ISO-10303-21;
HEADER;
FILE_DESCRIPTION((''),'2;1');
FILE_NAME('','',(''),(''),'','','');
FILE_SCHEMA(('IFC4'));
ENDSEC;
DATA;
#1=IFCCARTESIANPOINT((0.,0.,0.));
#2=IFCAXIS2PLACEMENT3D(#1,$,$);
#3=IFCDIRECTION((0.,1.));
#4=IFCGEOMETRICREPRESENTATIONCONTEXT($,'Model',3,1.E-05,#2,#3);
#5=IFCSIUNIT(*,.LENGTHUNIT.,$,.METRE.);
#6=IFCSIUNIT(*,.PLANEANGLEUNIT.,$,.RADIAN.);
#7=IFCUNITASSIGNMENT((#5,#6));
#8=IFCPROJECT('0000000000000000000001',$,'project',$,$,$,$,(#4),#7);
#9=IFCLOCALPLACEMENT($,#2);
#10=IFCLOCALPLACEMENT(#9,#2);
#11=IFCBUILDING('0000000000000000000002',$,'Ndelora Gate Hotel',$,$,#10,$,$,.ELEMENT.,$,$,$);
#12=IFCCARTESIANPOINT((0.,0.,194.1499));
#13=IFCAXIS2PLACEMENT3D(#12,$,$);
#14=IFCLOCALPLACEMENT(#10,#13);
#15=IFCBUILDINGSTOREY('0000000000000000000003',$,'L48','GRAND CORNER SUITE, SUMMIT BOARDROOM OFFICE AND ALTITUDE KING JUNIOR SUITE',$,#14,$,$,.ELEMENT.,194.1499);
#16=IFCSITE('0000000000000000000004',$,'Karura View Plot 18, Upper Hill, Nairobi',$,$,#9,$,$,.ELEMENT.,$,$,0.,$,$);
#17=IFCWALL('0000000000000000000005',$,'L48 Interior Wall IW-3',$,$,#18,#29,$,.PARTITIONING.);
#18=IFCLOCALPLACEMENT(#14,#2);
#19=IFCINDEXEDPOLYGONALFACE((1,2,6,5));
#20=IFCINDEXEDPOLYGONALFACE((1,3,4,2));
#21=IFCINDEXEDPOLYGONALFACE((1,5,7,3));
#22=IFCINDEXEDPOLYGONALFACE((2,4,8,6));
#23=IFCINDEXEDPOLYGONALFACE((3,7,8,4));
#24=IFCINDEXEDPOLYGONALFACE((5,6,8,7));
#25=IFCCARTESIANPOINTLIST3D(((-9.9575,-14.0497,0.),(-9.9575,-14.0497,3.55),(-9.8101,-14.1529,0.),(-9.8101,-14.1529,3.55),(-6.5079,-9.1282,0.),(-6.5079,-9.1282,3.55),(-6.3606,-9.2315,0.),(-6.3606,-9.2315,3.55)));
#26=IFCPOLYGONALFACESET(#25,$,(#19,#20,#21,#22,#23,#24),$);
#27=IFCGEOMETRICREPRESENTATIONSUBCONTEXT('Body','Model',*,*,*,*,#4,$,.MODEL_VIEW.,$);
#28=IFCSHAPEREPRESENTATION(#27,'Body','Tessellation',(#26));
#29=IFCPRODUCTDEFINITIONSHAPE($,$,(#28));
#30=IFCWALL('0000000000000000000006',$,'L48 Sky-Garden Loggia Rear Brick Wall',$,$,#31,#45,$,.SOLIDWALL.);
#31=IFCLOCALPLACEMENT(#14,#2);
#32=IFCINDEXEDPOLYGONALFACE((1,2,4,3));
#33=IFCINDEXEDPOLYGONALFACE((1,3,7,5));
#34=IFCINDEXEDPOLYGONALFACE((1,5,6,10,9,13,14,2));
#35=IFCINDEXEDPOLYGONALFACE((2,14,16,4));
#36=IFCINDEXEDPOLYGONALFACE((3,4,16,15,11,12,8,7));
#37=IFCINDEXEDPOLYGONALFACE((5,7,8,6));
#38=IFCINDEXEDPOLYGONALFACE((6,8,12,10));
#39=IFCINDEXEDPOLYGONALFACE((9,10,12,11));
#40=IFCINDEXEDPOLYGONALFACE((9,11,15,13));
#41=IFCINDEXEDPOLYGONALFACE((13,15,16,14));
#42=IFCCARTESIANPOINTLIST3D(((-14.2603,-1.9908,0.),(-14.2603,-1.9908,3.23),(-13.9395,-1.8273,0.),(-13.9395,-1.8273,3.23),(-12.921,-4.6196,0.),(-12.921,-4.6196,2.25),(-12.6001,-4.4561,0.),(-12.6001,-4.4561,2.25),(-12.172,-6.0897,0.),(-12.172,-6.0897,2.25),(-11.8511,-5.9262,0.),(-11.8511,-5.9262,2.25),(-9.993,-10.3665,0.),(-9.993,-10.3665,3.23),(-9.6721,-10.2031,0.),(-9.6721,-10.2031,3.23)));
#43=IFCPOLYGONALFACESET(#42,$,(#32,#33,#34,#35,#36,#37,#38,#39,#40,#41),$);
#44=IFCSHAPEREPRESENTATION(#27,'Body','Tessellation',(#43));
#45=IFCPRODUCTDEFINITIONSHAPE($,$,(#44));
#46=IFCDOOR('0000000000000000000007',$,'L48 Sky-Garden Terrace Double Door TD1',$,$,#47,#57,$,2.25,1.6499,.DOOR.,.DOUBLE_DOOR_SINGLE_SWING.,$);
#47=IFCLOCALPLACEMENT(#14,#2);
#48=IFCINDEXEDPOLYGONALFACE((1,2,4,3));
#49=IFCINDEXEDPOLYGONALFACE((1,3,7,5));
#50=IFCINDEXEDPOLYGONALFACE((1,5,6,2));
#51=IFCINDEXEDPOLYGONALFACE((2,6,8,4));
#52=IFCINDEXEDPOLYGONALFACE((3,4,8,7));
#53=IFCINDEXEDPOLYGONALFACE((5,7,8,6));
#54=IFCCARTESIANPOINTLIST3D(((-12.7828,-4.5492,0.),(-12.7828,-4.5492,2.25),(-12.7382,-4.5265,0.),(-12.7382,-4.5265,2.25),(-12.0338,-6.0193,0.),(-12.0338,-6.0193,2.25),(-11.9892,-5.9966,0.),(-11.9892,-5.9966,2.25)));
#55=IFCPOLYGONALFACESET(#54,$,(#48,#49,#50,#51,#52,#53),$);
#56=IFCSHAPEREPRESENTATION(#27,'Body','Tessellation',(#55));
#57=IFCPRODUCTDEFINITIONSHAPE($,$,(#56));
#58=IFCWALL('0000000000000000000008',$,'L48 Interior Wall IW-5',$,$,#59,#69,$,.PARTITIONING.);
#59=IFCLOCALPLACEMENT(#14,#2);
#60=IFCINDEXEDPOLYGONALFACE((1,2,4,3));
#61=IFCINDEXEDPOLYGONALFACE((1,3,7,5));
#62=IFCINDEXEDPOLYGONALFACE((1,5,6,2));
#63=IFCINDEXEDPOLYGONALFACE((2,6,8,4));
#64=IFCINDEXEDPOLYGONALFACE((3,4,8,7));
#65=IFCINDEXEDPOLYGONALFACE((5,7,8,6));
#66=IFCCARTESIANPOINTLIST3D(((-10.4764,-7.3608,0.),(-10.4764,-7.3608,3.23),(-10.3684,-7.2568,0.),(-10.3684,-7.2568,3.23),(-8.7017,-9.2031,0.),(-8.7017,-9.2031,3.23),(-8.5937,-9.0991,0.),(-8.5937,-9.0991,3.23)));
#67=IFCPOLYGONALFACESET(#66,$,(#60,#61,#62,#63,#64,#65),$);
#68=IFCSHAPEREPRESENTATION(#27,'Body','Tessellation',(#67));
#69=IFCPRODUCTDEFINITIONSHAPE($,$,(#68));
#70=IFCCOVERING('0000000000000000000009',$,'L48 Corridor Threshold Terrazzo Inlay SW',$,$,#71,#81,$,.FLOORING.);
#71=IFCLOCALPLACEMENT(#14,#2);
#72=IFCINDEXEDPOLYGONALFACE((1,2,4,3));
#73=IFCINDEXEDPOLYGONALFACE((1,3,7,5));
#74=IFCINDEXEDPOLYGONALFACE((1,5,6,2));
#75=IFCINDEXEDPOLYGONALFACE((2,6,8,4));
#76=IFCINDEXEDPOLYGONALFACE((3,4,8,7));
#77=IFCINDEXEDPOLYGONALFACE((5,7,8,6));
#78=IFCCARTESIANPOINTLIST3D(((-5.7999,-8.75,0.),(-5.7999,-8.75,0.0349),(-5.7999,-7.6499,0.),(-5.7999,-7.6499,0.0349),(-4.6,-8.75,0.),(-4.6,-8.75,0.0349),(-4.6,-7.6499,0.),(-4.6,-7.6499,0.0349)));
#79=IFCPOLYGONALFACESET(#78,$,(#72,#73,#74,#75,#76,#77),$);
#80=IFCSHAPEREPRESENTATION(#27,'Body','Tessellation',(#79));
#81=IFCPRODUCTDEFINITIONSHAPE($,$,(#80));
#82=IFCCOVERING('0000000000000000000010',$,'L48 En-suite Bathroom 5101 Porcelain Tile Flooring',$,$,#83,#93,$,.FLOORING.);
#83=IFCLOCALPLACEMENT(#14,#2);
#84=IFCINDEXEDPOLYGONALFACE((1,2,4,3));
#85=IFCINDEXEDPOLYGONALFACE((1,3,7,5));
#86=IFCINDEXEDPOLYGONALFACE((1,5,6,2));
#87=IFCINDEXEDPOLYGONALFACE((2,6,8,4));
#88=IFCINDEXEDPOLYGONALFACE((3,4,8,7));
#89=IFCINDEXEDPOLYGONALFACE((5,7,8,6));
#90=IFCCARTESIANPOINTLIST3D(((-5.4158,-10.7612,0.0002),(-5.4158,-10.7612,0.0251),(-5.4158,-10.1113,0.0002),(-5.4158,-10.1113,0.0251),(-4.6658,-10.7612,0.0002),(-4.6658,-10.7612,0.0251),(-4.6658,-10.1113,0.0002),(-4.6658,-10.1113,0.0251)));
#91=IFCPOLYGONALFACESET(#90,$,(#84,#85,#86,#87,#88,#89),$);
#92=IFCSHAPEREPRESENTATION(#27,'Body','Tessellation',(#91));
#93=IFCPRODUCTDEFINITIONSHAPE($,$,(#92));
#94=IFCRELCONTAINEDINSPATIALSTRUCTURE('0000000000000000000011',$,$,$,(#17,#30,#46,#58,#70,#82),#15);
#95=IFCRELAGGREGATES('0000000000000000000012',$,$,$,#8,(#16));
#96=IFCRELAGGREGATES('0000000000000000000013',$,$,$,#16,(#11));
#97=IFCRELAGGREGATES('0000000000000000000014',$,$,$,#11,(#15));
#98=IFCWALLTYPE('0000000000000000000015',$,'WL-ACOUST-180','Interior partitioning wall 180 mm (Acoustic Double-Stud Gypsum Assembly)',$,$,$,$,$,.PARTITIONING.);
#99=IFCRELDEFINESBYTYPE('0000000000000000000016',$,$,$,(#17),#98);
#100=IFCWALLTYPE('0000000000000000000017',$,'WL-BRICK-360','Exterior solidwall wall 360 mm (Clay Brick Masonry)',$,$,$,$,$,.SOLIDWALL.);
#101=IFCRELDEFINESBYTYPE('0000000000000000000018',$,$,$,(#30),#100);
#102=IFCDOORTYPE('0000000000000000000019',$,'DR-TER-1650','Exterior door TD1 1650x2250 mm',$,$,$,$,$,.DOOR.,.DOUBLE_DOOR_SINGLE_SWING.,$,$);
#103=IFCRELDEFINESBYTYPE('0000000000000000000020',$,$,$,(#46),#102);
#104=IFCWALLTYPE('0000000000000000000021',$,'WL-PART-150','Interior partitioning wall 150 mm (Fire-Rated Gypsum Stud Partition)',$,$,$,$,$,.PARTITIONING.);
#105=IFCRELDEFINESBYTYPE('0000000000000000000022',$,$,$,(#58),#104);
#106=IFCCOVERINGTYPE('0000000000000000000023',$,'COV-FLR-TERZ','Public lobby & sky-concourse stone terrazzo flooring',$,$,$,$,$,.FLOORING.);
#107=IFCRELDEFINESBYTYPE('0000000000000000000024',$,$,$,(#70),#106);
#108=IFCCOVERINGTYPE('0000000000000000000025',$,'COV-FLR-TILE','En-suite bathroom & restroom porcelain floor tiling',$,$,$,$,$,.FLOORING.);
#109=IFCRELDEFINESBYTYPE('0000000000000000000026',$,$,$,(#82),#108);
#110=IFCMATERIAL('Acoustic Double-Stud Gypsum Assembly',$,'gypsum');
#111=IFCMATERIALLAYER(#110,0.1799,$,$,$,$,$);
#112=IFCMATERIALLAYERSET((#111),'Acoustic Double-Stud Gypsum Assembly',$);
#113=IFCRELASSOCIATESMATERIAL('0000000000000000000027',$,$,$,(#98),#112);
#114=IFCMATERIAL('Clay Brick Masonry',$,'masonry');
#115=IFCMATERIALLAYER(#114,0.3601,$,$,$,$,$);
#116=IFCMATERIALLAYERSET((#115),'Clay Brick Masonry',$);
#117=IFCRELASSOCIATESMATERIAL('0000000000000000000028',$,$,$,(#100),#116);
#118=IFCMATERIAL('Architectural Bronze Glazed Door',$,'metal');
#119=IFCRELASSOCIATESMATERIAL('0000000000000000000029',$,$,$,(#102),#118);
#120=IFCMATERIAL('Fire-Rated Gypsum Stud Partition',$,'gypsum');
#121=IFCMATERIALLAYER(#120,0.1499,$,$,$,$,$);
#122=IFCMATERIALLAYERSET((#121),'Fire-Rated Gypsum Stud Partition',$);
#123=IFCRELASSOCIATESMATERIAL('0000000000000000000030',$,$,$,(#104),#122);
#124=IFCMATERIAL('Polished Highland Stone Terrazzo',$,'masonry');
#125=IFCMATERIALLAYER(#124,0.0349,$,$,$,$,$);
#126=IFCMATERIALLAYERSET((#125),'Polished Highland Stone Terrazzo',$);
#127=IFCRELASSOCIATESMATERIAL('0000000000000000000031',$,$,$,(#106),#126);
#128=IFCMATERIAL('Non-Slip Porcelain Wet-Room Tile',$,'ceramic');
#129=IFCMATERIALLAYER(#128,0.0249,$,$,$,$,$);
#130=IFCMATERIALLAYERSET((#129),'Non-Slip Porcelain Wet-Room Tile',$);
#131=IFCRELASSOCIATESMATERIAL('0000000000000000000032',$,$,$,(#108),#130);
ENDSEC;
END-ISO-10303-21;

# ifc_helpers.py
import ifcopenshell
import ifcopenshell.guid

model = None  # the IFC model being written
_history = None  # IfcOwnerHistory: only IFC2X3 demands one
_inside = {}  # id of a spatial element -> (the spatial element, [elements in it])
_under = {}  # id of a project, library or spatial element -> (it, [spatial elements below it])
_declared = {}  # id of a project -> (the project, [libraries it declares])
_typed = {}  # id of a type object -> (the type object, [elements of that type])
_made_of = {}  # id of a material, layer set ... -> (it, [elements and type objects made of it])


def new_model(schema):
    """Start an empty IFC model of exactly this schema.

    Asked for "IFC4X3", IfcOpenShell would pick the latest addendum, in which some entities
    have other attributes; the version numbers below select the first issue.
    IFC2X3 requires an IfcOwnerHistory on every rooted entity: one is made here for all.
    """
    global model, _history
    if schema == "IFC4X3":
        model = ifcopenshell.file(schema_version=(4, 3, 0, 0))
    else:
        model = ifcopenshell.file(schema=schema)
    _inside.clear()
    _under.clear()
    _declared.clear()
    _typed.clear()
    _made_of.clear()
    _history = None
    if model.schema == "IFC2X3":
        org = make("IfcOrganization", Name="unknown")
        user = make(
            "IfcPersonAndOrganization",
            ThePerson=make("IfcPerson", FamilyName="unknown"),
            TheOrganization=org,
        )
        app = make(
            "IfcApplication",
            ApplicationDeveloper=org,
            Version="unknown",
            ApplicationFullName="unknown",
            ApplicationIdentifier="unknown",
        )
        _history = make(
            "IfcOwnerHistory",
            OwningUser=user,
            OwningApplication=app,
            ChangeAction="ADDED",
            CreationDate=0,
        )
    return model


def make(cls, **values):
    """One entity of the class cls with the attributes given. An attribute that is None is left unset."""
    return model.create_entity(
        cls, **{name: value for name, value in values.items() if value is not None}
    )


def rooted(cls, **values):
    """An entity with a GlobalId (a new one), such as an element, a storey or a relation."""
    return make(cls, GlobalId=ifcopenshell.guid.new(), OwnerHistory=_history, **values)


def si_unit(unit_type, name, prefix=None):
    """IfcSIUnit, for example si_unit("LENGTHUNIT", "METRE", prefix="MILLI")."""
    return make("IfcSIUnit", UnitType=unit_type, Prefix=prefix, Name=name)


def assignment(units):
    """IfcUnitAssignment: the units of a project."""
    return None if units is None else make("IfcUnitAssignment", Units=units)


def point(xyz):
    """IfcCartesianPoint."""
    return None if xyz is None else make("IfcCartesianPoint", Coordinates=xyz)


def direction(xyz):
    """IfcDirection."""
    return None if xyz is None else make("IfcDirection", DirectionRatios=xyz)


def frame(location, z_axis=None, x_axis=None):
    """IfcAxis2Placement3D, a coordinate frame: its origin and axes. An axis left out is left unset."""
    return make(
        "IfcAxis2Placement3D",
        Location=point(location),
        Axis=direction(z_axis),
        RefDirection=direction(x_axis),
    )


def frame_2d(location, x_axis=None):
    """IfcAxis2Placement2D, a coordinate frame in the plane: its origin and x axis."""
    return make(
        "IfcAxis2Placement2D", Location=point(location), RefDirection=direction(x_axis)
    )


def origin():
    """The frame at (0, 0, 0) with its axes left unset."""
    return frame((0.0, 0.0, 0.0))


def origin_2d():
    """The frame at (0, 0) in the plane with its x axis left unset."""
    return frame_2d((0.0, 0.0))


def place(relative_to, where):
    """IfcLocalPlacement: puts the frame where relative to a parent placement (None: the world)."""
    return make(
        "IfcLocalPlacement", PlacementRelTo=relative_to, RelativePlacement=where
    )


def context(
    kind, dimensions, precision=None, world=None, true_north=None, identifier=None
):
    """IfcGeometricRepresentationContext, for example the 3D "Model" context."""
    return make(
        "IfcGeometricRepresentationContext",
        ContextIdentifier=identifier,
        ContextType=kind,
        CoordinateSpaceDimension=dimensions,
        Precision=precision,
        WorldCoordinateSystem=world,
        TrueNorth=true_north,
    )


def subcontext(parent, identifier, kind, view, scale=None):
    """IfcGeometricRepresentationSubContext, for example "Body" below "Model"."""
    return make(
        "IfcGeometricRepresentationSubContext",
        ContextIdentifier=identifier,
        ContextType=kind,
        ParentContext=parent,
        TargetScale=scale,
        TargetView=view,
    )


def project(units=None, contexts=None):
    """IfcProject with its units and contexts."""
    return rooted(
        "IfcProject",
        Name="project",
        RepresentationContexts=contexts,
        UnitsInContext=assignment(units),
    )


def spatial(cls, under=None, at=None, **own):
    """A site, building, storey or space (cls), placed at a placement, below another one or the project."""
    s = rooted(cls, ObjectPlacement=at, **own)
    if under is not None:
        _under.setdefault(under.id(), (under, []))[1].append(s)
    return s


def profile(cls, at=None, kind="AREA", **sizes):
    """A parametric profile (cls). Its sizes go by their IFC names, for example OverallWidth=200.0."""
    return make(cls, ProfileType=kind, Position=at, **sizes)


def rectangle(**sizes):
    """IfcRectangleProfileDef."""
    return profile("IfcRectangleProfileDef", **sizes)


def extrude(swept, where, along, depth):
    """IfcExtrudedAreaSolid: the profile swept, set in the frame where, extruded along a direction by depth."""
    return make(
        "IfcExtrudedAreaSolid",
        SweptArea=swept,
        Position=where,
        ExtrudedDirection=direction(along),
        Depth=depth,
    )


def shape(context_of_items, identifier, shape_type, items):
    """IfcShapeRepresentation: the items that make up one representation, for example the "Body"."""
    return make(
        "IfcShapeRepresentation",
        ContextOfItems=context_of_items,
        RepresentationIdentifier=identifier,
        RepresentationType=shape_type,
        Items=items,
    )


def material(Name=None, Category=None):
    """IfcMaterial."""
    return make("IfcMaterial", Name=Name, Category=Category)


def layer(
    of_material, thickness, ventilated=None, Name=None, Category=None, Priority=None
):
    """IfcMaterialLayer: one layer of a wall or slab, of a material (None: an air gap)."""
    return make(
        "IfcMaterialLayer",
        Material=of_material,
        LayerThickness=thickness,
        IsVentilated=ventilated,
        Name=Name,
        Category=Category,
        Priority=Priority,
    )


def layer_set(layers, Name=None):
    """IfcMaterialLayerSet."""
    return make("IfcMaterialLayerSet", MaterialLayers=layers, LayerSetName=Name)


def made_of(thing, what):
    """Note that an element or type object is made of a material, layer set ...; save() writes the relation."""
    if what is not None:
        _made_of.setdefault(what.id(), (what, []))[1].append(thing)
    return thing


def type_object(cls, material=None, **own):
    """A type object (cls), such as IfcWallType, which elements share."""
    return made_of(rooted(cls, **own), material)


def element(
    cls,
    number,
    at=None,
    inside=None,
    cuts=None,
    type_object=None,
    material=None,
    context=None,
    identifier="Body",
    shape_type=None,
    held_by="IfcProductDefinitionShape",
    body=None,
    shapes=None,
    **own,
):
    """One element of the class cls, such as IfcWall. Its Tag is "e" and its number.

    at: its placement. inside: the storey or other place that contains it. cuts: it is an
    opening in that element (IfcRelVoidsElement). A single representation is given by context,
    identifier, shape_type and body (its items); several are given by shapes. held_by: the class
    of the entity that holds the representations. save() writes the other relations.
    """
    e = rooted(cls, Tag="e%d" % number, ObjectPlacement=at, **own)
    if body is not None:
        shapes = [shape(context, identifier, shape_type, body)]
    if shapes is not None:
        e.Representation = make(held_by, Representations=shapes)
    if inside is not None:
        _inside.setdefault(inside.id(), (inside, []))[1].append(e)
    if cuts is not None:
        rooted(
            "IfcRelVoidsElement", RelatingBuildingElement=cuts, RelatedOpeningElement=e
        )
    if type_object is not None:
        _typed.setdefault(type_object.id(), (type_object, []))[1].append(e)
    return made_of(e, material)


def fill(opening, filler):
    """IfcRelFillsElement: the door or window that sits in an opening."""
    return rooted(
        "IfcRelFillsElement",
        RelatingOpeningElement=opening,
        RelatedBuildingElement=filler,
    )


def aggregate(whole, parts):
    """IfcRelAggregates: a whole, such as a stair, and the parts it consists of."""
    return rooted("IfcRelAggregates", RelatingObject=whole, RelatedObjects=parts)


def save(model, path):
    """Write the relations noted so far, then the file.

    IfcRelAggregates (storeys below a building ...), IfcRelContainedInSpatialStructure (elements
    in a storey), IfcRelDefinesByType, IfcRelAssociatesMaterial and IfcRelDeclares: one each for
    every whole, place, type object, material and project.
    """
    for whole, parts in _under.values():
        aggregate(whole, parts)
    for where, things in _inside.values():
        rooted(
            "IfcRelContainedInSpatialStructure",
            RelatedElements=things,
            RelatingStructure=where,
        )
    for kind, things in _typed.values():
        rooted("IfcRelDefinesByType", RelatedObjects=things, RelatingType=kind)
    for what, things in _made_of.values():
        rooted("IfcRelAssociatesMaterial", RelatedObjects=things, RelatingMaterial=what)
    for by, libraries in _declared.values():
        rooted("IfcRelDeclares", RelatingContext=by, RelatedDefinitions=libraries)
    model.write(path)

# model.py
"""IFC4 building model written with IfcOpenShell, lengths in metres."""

from ifc_helpers import new_model, si_unit, direction, frame, frame_2d, origin, origin_2d, place, context, subcontext, project, spatial, rectangle, extrude, material, layer, layer_set, type_object, element, fill, save


model = new_model("IFC4")

# Units and contexts
model_context = context("Model", 3, precision=1e-05, world=origin(), true_north=direction((0.0, 1.0)))
body_context = subcontext(model_context, "Body", "Model", "MODEL_VIEW")
ifc_project = project(units=[si_unit("LENGTHUNIT", "METRE"), si_unit("PLANEANGLEUNIT", "RADIAN")], contexts=[model_context])

# Site, building, storey
site_placement = place(None, origin())
site = spatial("IfcSite", under=ifc_project, at=site_placement, Name="Karura View Plot 18, Upper Hill, Nairobi", CompositionType="ELEMENT", RefElevation=0.0)
building_placement = place(site_placement, origin())
building = spatial("IfcBuilding", under=site, at=building_placement, Name="Ndelora Gate Hotel", CompositionType="ELEMENT")
storey_placement = place(building_placement, frame((0.0, 0.0, 194.1499)))
storey = spatial("IfcBuildingStorey", under=building, at=storey_placement, Name="L48", Description="GRAND CORNER SUITE, SUMMIT BOARDROOM OFFICE AND ALTITUDE KING JUNIOR SUITE", CompositionType="ELEMENT", Elevation=194.1499)

# Wall
ifc_material_1 = material(Name="Acoustic Double-Stud Gypsum Assembly", Category="gypsum")
ifc_layer_1 = layer(ifc_material_1, 0.1799)
ifc_layer_set_1 = layer_set([ifc_layer_1], Name="Acoustic Double-Stud Gypsum Assembly")
wall_type_1 = type_object("IfcWallType", Name="WL-ACOUST-180", Description="Interior partitioning wall 180 mm (Acoustic Double-Stud Gypsum Assembly)", PredefinedType="PARTITIONING", material=ifc_layer_set_1)
wall_1_placement = place(storey_placement, frame((-6.4343, -9.1799, 0.0), z_axis=(0.0, 0.0, 1.0), x_axis=(-0.573964, -0.818881, 0.0)))
element("IfcWall", 1, at=wall_1_placement, inside=storey, type_object=wall_type_1, Name="L48 Interior Wall IW-3", PredefinedType="PARTITIONING", context=body_context, shape_type="SweptSolid", body=[
    extrude(rectangle(XDim=6.01, YDim=0.1799, at=frame_2d((3.0049, 0.0))), origin(), (0.0, 0.0, 1.0), 3.55),
])

# Wall, opening, door
ifc_material_2 = material(Name="Clay Brick Masonry", Category="masonry")
ifc_layer_2 = layer(ifc_material_2, 0.3601)
ifc_layer_set_2 = layer_set([ifc_layer_2], Name="Clay Brick Masonry")
wall_type_2 = type_object("IfcWallType", Name="WL-BRICK-360", Description="Exterior solidwall wall 360 mm (Clay Brick Masonry)", PredefinedType="SOLIDWALL", material=ifc_layer_set_2)
wall_2_placement = place(storey_placement, frame((-9.8325, -10.2849, 0.0), z_axis=(0.0, 0.0, 1.0), x_axis=(-0.453964, 0.89102, 0.0)))
wall_2 = element("IfcWall", 2, at=wall_2_placement, inside=storey, type_object=wall_type_2, Name="L48 Sky-Garden Loggia Rear Brick Wall", PredefinedType="SOLIDWALL", context=body_context, shape_type="SweptSolid", body=[
    extrude(rectangle(XDim=9.4001, YDim=0.3601, at=frame_2d((4.7002, 0.0))), origin(), (0.0, 0.0, 1.0), 3.23),
])
opening_placement = place(wall_2_placement, frame((4.8, 0.0, 0.0)))
opening = element("IfcOpeningElement", 3, at=opening_placement, cuts=wall_2, PredefinedType="OPENING", context=body_context, shape_type="SweptSolid", body=[
    extrude(rectangle(XDim=1.6499, YDim=2.25, at=frame_2d((0.825, 1.125))), frame((0.0, 0.1899, 0.0), z_axis=(0.0, -1.0, 0.0), x_axis=(1.0, 0.0, 0.0)), (0.0, 0.0, 1.0), 0.3801),
])
ifc_material_3 = material(Name="Architectural Bronze Glazed Door", Category="metal")
door_type = type_object("IfcDoorType", Name="DR-TER-1650", Description="Exterior door TD1 1650x2250 mm", OperationType="DOUBLE_DOOR_SINGLE_SWING", PredefinedType="DOOR", material=ifc_material_3)
door_placement = place(opening_placement, origin())
door = element("IfcDoor", 4, at=door_placement, inside=storey, type_object=door_type, Name="L48 Sky-Garden Terrace Double Door TD1", OperationType="DOUBLE_DOOR_SINGLE_SWING", OverallHeight=2.25, OverallWidth=1.6499, PredefinedType="DOOR", context=body_context, shape_type="SweptSolid", body=[
    extrude(rectangle(XDim=1.6499, YDim=2.25, at=frame_2d((0.825, 1.125))), frame((0.0, 0.0249, 0.0), z_axis=(0.0, -1.0, 0.0), x_axis=(1.0, 0.0, 0.0)), (0.0, 0.0, 1.0), 0.05),
])
fill(opening, door)

# Wall
ifc_material_4 = material(Name="Fire-Rated Gypsum Stud Partition", Category="gypsum")
ifc_layer_3 = layer(ifc_material_4, 0.1499)
ifc_layer_set_3 = layer_set([ifc_layer_3], Name="Fire-Rated Gypsum Stud Partition")
wall_type_3 = type_object("IfcWallType", Name="WL-PART-150", Description="Interior partitioning wall 150 mm (Fire-Rated Gypsum Stud Partition)", PredefinedType="PARTITIONING", material=ifc_layer_set_3)
wall_3_placement = place(storey_placement, frame((-8.6477, -9.1511, 0.0), z_axis=(0.0, 0.0, 1.0), x_axis=(-0.693765, 0.720202, 0.0)))
element("IfcWall", 5, at=wall_3_placement, inside=storey, type_object=wall_type_3, Name="L48 Interior Wall IW-5", PredefinedType="PARTITIONING", context=body_context, shape_type="SweptSolid", body=[
    extrude(rectangle(XDim=2.5581, YDim=0.1499, at=frame_2d((1.2791, 0.0))), origin(), (0.0, 0.0, 1.0), 3.23),
])

# Coverings
ifc_material_5 = material(Name="Polished Highland Stone Terrazzo", Category="masonry")
ifc_layer_4 = layer(ifc_material_5, 0.0349)
ifc_layer_set_4 = layer_set([ifc_layer_4], Name="Polished Highland Stone Terrazzo")
covering_type_1 = type_object("IfcCoveringType", Name="COV-FLR-TERZ", Description="Public lobby & sky-concourse stone terrazzo flooring", PredefinedType="FLOORING", material=ifc_layer_set_4)
covering_1_placement = place(storey_placement, frame((-5.2, -8.2, 0.0), z_axis=(0.0, 0.0, 1.0), x_axis=(1.0, 0.0, 0.0)))
element("IfcCovering", 6, at=covering_1_placement, inside=storey, type_object=covering_type_1, Name="L48 Corridor Threshold Terrazzo Inlay SW", PredefinedType="FLOORING", context=body_context, shape_type="SweptSolid", body=[
    extrude(rectangle(XDim=1.2, YDim=1.1001, at=origin_2d()), origin(), (0.0, 0.0, 1.0), 0.0349),
])
ifc_material_6 = material(Name="Non-Slip Porcelain Wet-Room Tile", Category="ceramic")
ifc_layer_5 = layer(ifc_material_6, 0.0249)
ifc_layer_set_5 = layer_set([ifc_layer_5], Name="Non-Slip Porcelain Wet-Room Tile")
covering_type_2 = type_object("IfcCoveringType", Name="COV-FLR-TILE", Description="En-suite bathroom & restroom porcelain floor tiling", PredefinedType="FLOORING", material=ifc_layer_set_5)
covering_2_placement = place(storey_placement, frame((-5.0408, -10.4363, 0.0002), z_axis=(0.0, 0.0, 1.0), x_axis=(1.0, 0.0, 0.0)))
element("IfcCovering", 7, at=covering_2_placement, inside=storey, type_object=covering_type_2, Name="L48 En-suite Bathroom 5101 Porcelain Tile Flooring", PredefinedType="FLOORING", context=body_context, shape_type="SweptSolid", body=[
    extrude(rectangle(XDim=0.75, YDim=0.6499, at=origin_2d()), origin(), (0.0, 0.0, 1.0), 0.0249),
])

save(model, "model.ifc")
